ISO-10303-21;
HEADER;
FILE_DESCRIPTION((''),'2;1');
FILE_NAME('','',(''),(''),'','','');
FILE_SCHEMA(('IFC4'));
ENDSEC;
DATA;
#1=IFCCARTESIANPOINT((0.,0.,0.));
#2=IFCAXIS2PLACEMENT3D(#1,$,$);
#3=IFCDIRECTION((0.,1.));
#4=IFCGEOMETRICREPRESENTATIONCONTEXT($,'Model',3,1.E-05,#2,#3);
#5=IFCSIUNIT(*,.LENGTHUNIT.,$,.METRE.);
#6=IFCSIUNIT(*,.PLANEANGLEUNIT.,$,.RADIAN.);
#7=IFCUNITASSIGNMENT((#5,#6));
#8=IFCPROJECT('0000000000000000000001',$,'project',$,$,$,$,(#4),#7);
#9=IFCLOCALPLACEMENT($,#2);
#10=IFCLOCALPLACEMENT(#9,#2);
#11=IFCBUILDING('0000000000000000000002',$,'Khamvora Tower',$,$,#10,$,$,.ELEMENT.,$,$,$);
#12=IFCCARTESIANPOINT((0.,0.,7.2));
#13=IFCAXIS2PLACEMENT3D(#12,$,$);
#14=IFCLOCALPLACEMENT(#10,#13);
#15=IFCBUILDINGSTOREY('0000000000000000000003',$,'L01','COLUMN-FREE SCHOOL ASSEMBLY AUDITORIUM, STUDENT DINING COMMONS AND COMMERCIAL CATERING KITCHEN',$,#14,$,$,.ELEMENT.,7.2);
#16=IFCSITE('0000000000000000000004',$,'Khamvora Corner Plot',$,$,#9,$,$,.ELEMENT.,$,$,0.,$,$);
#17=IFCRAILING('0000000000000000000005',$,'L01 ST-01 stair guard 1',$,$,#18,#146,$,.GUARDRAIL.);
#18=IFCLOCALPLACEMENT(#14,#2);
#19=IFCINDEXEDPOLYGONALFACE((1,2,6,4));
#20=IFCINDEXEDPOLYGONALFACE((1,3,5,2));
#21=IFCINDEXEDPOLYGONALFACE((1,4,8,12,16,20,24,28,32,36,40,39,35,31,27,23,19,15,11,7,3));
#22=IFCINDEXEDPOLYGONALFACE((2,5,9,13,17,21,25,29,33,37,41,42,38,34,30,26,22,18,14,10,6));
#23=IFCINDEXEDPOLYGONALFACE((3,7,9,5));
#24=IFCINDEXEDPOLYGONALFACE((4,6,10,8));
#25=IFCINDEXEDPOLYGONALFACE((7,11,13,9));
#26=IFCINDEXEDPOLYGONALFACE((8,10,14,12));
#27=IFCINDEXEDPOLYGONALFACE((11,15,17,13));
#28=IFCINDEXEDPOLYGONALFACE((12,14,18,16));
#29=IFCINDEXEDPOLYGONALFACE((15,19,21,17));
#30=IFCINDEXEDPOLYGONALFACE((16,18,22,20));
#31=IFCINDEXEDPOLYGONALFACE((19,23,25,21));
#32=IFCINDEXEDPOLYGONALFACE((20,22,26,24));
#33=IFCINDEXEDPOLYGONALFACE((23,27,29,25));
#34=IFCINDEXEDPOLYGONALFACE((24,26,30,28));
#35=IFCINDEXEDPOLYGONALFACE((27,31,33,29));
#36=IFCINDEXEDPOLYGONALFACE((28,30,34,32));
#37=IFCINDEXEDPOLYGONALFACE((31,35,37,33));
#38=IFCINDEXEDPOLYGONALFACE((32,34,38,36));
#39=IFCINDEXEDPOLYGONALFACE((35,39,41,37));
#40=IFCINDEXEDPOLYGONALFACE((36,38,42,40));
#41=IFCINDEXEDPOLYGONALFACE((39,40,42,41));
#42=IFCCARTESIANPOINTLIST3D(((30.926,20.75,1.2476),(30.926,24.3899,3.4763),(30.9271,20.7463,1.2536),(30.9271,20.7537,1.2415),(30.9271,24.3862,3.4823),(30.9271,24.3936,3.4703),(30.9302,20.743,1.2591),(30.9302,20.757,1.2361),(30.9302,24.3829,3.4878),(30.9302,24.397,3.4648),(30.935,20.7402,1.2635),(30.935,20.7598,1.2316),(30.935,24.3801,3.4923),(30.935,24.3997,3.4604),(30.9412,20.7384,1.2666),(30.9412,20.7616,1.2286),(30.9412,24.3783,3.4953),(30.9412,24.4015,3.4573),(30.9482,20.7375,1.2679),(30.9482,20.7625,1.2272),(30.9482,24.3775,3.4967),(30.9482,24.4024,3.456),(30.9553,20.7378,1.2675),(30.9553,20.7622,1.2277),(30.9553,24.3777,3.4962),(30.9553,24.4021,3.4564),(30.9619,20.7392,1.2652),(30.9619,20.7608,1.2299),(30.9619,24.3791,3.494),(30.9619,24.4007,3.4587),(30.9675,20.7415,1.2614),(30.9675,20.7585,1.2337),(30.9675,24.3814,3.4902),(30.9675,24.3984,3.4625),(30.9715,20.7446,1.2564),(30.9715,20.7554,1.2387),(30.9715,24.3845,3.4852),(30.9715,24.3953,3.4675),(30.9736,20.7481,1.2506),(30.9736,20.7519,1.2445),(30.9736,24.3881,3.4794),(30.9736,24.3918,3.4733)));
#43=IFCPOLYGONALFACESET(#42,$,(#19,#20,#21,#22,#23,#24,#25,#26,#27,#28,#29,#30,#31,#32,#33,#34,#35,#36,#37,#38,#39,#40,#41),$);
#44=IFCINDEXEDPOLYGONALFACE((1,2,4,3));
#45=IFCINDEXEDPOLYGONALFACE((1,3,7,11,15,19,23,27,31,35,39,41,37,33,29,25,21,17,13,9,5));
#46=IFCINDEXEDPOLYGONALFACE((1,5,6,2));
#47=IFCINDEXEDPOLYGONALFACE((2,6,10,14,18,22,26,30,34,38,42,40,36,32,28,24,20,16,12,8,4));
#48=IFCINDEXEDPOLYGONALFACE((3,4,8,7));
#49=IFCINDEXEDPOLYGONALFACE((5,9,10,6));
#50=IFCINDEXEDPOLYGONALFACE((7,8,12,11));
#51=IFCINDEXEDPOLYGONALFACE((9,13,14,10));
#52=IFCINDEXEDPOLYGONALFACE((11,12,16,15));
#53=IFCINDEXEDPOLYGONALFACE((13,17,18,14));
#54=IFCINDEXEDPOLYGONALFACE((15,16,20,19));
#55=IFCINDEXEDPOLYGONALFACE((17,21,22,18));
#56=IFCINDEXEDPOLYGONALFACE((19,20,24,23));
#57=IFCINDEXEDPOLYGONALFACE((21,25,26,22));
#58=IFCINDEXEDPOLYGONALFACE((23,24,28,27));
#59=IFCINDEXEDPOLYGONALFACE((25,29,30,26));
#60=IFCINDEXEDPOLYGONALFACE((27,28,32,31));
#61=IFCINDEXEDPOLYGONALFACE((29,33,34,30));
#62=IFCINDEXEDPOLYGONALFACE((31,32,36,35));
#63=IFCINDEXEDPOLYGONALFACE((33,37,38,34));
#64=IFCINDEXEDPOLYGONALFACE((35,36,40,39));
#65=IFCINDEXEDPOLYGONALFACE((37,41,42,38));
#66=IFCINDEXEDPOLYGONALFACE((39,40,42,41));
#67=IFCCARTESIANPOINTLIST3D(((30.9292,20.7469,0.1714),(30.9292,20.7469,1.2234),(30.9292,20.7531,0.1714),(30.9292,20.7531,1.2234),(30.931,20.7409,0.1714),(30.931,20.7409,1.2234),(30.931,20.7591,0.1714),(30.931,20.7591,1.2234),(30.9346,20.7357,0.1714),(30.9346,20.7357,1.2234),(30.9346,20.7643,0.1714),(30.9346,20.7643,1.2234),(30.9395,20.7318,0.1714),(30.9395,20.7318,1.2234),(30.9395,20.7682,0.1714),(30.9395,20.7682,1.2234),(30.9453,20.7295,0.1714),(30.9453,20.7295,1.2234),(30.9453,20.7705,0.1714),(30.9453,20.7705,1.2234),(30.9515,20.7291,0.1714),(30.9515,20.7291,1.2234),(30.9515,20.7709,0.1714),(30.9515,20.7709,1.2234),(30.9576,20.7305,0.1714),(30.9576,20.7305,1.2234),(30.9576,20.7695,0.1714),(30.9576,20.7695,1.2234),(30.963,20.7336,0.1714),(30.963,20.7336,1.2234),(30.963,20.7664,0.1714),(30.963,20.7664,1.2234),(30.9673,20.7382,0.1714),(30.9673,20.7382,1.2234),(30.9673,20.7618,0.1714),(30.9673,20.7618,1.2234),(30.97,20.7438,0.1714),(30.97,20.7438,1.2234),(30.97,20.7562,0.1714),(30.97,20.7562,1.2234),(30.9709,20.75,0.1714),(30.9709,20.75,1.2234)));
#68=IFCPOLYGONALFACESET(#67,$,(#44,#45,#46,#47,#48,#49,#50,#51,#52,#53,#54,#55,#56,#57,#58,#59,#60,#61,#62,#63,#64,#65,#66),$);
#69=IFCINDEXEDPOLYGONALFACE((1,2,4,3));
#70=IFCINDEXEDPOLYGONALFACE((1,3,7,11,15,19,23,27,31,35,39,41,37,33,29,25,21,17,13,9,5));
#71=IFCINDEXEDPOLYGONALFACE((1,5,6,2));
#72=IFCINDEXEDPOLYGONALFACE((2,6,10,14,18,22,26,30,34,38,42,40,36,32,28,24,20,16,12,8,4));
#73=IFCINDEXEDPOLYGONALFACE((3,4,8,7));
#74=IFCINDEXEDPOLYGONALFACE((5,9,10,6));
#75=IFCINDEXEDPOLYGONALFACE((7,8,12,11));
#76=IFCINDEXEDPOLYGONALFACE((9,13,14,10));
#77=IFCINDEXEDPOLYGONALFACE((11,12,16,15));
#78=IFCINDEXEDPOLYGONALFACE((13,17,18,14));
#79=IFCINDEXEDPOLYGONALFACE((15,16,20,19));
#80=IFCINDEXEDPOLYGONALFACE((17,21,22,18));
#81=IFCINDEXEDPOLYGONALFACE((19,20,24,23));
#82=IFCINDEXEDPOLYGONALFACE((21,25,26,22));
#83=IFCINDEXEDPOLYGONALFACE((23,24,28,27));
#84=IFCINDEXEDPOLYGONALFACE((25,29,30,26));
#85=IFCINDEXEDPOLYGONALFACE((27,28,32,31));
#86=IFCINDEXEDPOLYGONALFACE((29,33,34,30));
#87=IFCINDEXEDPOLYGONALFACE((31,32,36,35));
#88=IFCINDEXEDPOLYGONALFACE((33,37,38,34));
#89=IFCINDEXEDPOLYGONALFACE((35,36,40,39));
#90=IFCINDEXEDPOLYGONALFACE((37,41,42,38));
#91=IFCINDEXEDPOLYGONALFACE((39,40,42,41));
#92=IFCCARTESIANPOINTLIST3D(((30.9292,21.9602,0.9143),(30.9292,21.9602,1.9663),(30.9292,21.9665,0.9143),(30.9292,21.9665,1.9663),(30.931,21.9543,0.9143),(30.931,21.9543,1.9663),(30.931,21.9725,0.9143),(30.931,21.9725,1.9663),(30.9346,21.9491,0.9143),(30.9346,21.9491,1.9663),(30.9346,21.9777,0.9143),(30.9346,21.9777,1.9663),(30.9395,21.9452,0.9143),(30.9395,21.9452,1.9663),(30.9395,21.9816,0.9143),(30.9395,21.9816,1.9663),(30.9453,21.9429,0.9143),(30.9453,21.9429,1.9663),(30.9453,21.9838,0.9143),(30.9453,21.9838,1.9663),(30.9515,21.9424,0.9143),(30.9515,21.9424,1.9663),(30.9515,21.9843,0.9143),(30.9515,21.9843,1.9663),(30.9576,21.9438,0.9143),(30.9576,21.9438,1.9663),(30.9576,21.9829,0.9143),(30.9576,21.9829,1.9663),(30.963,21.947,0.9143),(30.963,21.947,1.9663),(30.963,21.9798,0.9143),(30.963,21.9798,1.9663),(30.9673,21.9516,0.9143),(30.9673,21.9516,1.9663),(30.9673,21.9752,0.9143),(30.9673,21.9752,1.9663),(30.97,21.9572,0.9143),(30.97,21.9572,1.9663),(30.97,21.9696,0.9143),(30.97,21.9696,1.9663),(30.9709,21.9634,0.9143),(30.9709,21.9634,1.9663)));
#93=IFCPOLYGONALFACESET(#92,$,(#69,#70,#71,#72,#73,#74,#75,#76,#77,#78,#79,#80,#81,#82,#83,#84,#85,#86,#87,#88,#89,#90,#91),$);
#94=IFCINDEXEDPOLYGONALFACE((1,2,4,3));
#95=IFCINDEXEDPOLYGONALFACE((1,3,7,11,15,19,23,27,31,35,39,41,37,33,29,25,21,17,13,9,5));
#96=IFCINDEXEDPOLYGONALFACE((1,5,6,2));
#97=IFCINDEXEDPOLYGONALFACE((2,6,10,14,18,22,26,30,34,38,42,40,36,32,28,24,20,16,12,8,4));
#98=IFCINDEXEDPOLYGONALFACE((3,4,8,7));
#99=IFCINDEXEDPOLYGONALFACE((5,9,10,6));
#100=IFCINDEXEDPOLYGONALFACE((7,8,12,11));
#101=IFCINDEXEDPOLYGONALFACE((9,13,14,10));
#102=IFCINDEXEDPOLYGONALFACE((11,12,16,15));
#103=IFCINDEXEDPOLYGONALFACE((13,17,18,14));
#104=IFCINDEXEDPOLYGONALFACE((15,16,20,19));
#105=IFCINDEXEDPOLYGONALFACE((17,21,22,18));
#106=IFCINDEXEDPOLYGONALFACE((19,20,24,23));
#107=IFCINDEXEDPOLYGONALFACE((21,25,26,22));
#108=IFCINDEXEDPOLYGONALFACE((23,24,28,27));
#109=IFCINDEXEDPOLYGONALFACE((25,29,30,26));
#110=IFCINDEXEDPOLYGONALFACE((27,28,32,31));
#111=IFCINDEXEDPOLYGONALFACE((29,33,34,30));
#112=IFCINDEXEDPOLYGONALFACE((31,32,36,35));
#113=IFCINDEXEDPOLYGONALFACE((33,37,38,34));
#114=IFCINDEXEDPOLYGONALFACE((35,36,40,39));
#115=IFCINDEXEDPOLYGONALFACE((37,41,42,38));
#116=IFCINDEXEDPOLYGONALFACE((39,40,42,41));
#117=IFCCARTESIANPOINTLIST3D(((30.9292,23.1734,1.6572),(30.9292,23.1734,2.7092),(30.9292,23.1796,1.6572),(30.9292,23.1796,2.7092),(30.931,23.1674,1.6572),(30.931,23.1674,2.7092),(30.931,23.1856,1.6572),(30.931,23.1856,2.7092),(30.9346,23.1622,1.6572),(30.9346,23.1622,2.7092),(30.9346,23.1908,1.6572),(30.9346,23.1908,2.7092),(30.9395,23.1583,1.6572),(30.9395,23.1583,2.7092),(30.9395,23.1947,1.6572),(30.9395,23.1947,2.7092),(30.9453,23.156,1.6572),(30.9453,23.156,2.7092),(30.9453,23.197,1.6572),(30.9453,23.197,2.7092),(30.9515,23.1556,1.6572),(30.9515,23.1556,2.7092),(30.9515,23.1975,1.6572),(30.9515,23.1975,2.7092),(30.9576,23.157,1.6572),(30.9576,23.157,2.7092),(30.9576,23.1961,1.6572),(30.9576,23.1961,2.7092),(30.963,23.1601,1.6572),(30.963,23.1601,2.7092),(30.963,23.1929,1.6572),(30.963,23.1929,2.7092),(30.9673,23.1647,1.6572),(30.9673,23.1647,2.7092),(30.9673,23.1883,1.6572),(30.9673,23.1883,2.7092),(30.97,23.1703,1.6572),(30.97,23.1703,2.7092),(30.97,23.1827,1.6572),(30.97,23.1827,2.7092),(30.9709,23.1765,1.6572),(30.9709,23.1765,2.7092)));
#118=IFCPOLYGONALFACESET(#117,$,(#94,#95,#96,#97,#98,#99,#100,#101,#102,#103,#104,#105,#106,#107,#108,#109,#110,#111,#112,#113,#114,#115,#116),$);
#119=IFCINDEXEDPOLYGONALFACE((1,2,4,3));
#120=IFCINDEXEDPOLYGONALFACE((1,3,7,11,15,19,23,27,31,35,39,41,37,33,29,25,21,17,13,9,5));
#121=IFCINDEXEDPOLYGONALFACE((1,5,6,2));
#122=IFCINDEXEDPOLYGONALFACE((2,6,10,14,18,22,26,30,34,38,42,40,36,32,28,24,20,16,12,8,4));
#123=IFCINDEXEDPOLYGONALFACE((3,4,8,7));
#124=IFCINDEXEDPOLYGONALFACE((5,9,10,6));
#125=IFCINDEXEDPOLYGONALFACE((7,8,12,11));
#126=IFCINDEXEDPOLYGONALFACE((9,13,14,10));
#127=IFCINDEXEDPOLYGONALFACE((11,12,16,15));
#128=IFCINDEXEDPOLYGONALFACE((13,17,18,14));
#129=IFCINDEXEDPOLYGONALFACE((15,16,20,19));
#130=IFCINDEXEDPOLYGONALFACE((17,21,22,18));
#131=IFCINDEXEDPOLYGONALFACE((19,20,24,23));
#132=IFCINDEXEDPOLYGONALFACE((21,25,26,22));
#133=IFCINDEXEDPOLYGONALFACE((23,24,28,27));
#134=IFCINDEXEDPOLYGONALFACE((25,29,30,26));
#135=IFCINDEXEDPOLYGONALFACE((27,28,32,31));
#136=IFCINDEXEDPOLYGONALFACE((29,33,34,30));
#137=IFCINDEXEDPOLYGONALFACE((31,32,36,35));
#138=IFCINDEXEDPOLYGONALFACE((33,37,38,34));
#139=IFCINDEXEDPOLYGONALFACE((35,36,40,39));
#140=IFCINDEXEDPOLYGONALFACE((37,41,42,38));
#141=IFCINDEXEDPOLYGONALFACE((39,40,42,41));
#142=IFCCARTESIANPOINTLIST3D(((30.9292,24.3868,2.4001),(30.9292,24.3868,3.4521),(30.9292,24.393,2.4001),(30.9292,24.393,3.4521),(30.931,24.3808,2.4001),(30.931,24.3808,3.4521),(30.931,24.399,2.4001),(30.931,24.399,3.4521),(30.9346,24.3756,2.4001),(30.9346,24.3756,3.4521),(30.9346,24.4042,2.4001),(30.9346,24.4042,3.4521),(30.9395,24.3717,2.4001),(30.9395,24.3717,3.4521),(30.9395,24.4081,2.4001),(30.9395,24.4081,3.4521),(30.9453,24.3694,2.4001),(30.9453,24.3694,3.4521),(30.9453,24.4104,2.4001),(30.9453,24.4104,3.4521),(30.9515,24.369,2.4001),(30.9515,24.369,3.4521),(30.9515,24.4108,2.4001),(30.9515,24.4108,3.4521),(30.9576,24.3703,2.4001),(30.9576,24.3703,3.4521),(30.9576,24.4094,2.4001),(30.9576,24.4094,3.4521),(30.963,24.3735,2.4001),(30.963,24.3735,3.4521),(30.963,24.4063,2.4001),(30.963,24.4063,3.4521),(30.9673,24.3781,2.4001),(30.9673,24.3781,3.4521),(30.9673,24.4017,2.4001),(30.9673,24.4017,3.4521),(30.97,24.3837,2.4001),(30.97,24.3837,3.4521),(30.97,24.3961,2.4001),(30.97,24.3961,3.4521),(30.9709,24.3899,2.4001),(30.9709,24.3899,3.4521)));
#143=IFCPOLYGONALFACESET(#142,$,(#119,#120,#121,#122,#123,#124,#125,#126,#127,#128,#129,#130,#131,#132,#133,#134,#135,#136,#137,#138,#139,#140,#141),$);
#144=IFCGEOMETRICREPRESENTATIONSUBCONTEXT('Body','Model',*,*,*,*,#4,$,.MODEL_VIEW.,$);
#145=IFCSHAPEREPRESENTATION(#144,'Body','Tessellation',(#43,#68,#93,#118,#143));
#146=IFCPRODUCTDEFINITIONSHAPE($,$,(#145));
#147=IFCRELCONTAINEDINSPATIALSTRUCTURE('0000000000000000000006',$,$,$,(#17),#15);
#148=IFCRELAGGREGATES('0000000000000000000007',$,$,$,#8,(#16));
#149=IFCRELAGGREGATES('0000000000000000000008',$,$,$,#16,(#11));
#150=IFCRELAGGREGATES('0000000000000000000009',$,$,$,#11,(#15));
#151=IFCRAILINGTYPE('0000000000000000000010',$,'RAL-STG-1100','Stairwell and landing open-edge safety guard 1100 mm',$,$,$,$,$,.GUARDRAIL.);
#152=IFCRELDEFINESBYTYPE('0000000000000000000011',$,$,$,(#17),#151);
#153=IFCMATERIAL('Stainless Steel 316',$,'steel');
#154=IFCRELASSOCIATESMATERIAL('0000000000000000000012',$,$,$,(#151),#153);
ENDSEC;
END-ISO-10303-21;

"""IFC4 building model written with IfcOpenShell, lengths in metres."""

from ifc_helpers import new_model, si_unit, direction, frame, origin, origin_2d, place, context, subcontext, project, spatial, circle, extrude, material, type_object, element, save


model = new_model("IFC4")

# Units and contexts
model_context = context("Model", 3, precision=1e-05, world=origin(), true_north=direction((0.0, 1.0)))
body_context = subcontext(model_context, "Body", "Model", "MODEL_VIEW")
ifc_project = project(units=[si_unit("LENGTHUNIT", "METRE"), si_unit("PLANEANGLEUNIT", "RADIAN")], contexts=[model_context])

# Site, building, storey
site_placement = place(None, origin())
site = spatial("IfcSite", under=ifc_project, at=site_placement, Name="Khamvora Corner Plot", CompositionType="ELEMENT", RefElevation=0.0)
building_placement = place(site_placement, origin())
building = spatial("IfcBuilding", under=site, at=building_placement, Name="Khamvora Tower", CompositionType="ELEMENT")
storey_placement = place(building_placement, frame((0.0, 0.0, 7.2)))
storey = spatial("IfcBuildingStorey", under=building, at=storey_placement, Name="L01", Description="COLUMN-FREE SCHOOL ASSEMBLY AUDITORIUM, STUDENT DINING COMMONS AND COMMERCIAL CATERING KITCHEN", CompositionType="ELEMENT", Elevation=7.2)

# Railing
ifc_material_1 = material(Name="Stainless Steel 316", Category="steel")
railing_type_1 = type_object("IfcRailingType", Name="RAL-STG-1100", Description="Stairwell and landing open-edge safety guard 1100 mm", PredefinedType="GUARDRAIL", material=ifc_material_1)
railing_1_placement = place(storey_placement, frame((30.95, 20.75, 0.1714)))
element("IfcRailing", 1, at=railing_1_placement, inside=storey, type_object=railing_type_1, Name="L01 ST-01 stair guard 1", PredefinedType="GUARDRAIL", context=body_context, shape_type="SweptSolid", body=[
    extrude(circle(Radius=0.0239, at=origin_2d()), frame((0.0, 0.0, 1.0762), z_axis=(0.0, 0.852825, 0.522197), x_axis=(-1.0, 0.0, 0.0)), (0.0, 0.0, 1.0), 4.2681),
    extrude(circle(Radius=0.021, at=origin_2d()), origin(), (0.0, 0.0, 1.0), 1.052),
    extrude(circle(Radius=0.021, at=origin_2d()), frame((0.0, 1.2134, 0.7429)), (0.0, 0.0, 1.0), 1.052),
    extrude(circle(Radius=0.021, at=origin_2d()), frame((0.0, 2.4265, 1.4858)), (0.0, 0.0, 1.0), 1.052),
    extrude(circle(Radius=0.021, at=origin_2d()), frame((0.0, 3.6399, 2.2288)), (0.0, 0.0, 1.0), 1.052),
])

save(model, "model.ifc")
